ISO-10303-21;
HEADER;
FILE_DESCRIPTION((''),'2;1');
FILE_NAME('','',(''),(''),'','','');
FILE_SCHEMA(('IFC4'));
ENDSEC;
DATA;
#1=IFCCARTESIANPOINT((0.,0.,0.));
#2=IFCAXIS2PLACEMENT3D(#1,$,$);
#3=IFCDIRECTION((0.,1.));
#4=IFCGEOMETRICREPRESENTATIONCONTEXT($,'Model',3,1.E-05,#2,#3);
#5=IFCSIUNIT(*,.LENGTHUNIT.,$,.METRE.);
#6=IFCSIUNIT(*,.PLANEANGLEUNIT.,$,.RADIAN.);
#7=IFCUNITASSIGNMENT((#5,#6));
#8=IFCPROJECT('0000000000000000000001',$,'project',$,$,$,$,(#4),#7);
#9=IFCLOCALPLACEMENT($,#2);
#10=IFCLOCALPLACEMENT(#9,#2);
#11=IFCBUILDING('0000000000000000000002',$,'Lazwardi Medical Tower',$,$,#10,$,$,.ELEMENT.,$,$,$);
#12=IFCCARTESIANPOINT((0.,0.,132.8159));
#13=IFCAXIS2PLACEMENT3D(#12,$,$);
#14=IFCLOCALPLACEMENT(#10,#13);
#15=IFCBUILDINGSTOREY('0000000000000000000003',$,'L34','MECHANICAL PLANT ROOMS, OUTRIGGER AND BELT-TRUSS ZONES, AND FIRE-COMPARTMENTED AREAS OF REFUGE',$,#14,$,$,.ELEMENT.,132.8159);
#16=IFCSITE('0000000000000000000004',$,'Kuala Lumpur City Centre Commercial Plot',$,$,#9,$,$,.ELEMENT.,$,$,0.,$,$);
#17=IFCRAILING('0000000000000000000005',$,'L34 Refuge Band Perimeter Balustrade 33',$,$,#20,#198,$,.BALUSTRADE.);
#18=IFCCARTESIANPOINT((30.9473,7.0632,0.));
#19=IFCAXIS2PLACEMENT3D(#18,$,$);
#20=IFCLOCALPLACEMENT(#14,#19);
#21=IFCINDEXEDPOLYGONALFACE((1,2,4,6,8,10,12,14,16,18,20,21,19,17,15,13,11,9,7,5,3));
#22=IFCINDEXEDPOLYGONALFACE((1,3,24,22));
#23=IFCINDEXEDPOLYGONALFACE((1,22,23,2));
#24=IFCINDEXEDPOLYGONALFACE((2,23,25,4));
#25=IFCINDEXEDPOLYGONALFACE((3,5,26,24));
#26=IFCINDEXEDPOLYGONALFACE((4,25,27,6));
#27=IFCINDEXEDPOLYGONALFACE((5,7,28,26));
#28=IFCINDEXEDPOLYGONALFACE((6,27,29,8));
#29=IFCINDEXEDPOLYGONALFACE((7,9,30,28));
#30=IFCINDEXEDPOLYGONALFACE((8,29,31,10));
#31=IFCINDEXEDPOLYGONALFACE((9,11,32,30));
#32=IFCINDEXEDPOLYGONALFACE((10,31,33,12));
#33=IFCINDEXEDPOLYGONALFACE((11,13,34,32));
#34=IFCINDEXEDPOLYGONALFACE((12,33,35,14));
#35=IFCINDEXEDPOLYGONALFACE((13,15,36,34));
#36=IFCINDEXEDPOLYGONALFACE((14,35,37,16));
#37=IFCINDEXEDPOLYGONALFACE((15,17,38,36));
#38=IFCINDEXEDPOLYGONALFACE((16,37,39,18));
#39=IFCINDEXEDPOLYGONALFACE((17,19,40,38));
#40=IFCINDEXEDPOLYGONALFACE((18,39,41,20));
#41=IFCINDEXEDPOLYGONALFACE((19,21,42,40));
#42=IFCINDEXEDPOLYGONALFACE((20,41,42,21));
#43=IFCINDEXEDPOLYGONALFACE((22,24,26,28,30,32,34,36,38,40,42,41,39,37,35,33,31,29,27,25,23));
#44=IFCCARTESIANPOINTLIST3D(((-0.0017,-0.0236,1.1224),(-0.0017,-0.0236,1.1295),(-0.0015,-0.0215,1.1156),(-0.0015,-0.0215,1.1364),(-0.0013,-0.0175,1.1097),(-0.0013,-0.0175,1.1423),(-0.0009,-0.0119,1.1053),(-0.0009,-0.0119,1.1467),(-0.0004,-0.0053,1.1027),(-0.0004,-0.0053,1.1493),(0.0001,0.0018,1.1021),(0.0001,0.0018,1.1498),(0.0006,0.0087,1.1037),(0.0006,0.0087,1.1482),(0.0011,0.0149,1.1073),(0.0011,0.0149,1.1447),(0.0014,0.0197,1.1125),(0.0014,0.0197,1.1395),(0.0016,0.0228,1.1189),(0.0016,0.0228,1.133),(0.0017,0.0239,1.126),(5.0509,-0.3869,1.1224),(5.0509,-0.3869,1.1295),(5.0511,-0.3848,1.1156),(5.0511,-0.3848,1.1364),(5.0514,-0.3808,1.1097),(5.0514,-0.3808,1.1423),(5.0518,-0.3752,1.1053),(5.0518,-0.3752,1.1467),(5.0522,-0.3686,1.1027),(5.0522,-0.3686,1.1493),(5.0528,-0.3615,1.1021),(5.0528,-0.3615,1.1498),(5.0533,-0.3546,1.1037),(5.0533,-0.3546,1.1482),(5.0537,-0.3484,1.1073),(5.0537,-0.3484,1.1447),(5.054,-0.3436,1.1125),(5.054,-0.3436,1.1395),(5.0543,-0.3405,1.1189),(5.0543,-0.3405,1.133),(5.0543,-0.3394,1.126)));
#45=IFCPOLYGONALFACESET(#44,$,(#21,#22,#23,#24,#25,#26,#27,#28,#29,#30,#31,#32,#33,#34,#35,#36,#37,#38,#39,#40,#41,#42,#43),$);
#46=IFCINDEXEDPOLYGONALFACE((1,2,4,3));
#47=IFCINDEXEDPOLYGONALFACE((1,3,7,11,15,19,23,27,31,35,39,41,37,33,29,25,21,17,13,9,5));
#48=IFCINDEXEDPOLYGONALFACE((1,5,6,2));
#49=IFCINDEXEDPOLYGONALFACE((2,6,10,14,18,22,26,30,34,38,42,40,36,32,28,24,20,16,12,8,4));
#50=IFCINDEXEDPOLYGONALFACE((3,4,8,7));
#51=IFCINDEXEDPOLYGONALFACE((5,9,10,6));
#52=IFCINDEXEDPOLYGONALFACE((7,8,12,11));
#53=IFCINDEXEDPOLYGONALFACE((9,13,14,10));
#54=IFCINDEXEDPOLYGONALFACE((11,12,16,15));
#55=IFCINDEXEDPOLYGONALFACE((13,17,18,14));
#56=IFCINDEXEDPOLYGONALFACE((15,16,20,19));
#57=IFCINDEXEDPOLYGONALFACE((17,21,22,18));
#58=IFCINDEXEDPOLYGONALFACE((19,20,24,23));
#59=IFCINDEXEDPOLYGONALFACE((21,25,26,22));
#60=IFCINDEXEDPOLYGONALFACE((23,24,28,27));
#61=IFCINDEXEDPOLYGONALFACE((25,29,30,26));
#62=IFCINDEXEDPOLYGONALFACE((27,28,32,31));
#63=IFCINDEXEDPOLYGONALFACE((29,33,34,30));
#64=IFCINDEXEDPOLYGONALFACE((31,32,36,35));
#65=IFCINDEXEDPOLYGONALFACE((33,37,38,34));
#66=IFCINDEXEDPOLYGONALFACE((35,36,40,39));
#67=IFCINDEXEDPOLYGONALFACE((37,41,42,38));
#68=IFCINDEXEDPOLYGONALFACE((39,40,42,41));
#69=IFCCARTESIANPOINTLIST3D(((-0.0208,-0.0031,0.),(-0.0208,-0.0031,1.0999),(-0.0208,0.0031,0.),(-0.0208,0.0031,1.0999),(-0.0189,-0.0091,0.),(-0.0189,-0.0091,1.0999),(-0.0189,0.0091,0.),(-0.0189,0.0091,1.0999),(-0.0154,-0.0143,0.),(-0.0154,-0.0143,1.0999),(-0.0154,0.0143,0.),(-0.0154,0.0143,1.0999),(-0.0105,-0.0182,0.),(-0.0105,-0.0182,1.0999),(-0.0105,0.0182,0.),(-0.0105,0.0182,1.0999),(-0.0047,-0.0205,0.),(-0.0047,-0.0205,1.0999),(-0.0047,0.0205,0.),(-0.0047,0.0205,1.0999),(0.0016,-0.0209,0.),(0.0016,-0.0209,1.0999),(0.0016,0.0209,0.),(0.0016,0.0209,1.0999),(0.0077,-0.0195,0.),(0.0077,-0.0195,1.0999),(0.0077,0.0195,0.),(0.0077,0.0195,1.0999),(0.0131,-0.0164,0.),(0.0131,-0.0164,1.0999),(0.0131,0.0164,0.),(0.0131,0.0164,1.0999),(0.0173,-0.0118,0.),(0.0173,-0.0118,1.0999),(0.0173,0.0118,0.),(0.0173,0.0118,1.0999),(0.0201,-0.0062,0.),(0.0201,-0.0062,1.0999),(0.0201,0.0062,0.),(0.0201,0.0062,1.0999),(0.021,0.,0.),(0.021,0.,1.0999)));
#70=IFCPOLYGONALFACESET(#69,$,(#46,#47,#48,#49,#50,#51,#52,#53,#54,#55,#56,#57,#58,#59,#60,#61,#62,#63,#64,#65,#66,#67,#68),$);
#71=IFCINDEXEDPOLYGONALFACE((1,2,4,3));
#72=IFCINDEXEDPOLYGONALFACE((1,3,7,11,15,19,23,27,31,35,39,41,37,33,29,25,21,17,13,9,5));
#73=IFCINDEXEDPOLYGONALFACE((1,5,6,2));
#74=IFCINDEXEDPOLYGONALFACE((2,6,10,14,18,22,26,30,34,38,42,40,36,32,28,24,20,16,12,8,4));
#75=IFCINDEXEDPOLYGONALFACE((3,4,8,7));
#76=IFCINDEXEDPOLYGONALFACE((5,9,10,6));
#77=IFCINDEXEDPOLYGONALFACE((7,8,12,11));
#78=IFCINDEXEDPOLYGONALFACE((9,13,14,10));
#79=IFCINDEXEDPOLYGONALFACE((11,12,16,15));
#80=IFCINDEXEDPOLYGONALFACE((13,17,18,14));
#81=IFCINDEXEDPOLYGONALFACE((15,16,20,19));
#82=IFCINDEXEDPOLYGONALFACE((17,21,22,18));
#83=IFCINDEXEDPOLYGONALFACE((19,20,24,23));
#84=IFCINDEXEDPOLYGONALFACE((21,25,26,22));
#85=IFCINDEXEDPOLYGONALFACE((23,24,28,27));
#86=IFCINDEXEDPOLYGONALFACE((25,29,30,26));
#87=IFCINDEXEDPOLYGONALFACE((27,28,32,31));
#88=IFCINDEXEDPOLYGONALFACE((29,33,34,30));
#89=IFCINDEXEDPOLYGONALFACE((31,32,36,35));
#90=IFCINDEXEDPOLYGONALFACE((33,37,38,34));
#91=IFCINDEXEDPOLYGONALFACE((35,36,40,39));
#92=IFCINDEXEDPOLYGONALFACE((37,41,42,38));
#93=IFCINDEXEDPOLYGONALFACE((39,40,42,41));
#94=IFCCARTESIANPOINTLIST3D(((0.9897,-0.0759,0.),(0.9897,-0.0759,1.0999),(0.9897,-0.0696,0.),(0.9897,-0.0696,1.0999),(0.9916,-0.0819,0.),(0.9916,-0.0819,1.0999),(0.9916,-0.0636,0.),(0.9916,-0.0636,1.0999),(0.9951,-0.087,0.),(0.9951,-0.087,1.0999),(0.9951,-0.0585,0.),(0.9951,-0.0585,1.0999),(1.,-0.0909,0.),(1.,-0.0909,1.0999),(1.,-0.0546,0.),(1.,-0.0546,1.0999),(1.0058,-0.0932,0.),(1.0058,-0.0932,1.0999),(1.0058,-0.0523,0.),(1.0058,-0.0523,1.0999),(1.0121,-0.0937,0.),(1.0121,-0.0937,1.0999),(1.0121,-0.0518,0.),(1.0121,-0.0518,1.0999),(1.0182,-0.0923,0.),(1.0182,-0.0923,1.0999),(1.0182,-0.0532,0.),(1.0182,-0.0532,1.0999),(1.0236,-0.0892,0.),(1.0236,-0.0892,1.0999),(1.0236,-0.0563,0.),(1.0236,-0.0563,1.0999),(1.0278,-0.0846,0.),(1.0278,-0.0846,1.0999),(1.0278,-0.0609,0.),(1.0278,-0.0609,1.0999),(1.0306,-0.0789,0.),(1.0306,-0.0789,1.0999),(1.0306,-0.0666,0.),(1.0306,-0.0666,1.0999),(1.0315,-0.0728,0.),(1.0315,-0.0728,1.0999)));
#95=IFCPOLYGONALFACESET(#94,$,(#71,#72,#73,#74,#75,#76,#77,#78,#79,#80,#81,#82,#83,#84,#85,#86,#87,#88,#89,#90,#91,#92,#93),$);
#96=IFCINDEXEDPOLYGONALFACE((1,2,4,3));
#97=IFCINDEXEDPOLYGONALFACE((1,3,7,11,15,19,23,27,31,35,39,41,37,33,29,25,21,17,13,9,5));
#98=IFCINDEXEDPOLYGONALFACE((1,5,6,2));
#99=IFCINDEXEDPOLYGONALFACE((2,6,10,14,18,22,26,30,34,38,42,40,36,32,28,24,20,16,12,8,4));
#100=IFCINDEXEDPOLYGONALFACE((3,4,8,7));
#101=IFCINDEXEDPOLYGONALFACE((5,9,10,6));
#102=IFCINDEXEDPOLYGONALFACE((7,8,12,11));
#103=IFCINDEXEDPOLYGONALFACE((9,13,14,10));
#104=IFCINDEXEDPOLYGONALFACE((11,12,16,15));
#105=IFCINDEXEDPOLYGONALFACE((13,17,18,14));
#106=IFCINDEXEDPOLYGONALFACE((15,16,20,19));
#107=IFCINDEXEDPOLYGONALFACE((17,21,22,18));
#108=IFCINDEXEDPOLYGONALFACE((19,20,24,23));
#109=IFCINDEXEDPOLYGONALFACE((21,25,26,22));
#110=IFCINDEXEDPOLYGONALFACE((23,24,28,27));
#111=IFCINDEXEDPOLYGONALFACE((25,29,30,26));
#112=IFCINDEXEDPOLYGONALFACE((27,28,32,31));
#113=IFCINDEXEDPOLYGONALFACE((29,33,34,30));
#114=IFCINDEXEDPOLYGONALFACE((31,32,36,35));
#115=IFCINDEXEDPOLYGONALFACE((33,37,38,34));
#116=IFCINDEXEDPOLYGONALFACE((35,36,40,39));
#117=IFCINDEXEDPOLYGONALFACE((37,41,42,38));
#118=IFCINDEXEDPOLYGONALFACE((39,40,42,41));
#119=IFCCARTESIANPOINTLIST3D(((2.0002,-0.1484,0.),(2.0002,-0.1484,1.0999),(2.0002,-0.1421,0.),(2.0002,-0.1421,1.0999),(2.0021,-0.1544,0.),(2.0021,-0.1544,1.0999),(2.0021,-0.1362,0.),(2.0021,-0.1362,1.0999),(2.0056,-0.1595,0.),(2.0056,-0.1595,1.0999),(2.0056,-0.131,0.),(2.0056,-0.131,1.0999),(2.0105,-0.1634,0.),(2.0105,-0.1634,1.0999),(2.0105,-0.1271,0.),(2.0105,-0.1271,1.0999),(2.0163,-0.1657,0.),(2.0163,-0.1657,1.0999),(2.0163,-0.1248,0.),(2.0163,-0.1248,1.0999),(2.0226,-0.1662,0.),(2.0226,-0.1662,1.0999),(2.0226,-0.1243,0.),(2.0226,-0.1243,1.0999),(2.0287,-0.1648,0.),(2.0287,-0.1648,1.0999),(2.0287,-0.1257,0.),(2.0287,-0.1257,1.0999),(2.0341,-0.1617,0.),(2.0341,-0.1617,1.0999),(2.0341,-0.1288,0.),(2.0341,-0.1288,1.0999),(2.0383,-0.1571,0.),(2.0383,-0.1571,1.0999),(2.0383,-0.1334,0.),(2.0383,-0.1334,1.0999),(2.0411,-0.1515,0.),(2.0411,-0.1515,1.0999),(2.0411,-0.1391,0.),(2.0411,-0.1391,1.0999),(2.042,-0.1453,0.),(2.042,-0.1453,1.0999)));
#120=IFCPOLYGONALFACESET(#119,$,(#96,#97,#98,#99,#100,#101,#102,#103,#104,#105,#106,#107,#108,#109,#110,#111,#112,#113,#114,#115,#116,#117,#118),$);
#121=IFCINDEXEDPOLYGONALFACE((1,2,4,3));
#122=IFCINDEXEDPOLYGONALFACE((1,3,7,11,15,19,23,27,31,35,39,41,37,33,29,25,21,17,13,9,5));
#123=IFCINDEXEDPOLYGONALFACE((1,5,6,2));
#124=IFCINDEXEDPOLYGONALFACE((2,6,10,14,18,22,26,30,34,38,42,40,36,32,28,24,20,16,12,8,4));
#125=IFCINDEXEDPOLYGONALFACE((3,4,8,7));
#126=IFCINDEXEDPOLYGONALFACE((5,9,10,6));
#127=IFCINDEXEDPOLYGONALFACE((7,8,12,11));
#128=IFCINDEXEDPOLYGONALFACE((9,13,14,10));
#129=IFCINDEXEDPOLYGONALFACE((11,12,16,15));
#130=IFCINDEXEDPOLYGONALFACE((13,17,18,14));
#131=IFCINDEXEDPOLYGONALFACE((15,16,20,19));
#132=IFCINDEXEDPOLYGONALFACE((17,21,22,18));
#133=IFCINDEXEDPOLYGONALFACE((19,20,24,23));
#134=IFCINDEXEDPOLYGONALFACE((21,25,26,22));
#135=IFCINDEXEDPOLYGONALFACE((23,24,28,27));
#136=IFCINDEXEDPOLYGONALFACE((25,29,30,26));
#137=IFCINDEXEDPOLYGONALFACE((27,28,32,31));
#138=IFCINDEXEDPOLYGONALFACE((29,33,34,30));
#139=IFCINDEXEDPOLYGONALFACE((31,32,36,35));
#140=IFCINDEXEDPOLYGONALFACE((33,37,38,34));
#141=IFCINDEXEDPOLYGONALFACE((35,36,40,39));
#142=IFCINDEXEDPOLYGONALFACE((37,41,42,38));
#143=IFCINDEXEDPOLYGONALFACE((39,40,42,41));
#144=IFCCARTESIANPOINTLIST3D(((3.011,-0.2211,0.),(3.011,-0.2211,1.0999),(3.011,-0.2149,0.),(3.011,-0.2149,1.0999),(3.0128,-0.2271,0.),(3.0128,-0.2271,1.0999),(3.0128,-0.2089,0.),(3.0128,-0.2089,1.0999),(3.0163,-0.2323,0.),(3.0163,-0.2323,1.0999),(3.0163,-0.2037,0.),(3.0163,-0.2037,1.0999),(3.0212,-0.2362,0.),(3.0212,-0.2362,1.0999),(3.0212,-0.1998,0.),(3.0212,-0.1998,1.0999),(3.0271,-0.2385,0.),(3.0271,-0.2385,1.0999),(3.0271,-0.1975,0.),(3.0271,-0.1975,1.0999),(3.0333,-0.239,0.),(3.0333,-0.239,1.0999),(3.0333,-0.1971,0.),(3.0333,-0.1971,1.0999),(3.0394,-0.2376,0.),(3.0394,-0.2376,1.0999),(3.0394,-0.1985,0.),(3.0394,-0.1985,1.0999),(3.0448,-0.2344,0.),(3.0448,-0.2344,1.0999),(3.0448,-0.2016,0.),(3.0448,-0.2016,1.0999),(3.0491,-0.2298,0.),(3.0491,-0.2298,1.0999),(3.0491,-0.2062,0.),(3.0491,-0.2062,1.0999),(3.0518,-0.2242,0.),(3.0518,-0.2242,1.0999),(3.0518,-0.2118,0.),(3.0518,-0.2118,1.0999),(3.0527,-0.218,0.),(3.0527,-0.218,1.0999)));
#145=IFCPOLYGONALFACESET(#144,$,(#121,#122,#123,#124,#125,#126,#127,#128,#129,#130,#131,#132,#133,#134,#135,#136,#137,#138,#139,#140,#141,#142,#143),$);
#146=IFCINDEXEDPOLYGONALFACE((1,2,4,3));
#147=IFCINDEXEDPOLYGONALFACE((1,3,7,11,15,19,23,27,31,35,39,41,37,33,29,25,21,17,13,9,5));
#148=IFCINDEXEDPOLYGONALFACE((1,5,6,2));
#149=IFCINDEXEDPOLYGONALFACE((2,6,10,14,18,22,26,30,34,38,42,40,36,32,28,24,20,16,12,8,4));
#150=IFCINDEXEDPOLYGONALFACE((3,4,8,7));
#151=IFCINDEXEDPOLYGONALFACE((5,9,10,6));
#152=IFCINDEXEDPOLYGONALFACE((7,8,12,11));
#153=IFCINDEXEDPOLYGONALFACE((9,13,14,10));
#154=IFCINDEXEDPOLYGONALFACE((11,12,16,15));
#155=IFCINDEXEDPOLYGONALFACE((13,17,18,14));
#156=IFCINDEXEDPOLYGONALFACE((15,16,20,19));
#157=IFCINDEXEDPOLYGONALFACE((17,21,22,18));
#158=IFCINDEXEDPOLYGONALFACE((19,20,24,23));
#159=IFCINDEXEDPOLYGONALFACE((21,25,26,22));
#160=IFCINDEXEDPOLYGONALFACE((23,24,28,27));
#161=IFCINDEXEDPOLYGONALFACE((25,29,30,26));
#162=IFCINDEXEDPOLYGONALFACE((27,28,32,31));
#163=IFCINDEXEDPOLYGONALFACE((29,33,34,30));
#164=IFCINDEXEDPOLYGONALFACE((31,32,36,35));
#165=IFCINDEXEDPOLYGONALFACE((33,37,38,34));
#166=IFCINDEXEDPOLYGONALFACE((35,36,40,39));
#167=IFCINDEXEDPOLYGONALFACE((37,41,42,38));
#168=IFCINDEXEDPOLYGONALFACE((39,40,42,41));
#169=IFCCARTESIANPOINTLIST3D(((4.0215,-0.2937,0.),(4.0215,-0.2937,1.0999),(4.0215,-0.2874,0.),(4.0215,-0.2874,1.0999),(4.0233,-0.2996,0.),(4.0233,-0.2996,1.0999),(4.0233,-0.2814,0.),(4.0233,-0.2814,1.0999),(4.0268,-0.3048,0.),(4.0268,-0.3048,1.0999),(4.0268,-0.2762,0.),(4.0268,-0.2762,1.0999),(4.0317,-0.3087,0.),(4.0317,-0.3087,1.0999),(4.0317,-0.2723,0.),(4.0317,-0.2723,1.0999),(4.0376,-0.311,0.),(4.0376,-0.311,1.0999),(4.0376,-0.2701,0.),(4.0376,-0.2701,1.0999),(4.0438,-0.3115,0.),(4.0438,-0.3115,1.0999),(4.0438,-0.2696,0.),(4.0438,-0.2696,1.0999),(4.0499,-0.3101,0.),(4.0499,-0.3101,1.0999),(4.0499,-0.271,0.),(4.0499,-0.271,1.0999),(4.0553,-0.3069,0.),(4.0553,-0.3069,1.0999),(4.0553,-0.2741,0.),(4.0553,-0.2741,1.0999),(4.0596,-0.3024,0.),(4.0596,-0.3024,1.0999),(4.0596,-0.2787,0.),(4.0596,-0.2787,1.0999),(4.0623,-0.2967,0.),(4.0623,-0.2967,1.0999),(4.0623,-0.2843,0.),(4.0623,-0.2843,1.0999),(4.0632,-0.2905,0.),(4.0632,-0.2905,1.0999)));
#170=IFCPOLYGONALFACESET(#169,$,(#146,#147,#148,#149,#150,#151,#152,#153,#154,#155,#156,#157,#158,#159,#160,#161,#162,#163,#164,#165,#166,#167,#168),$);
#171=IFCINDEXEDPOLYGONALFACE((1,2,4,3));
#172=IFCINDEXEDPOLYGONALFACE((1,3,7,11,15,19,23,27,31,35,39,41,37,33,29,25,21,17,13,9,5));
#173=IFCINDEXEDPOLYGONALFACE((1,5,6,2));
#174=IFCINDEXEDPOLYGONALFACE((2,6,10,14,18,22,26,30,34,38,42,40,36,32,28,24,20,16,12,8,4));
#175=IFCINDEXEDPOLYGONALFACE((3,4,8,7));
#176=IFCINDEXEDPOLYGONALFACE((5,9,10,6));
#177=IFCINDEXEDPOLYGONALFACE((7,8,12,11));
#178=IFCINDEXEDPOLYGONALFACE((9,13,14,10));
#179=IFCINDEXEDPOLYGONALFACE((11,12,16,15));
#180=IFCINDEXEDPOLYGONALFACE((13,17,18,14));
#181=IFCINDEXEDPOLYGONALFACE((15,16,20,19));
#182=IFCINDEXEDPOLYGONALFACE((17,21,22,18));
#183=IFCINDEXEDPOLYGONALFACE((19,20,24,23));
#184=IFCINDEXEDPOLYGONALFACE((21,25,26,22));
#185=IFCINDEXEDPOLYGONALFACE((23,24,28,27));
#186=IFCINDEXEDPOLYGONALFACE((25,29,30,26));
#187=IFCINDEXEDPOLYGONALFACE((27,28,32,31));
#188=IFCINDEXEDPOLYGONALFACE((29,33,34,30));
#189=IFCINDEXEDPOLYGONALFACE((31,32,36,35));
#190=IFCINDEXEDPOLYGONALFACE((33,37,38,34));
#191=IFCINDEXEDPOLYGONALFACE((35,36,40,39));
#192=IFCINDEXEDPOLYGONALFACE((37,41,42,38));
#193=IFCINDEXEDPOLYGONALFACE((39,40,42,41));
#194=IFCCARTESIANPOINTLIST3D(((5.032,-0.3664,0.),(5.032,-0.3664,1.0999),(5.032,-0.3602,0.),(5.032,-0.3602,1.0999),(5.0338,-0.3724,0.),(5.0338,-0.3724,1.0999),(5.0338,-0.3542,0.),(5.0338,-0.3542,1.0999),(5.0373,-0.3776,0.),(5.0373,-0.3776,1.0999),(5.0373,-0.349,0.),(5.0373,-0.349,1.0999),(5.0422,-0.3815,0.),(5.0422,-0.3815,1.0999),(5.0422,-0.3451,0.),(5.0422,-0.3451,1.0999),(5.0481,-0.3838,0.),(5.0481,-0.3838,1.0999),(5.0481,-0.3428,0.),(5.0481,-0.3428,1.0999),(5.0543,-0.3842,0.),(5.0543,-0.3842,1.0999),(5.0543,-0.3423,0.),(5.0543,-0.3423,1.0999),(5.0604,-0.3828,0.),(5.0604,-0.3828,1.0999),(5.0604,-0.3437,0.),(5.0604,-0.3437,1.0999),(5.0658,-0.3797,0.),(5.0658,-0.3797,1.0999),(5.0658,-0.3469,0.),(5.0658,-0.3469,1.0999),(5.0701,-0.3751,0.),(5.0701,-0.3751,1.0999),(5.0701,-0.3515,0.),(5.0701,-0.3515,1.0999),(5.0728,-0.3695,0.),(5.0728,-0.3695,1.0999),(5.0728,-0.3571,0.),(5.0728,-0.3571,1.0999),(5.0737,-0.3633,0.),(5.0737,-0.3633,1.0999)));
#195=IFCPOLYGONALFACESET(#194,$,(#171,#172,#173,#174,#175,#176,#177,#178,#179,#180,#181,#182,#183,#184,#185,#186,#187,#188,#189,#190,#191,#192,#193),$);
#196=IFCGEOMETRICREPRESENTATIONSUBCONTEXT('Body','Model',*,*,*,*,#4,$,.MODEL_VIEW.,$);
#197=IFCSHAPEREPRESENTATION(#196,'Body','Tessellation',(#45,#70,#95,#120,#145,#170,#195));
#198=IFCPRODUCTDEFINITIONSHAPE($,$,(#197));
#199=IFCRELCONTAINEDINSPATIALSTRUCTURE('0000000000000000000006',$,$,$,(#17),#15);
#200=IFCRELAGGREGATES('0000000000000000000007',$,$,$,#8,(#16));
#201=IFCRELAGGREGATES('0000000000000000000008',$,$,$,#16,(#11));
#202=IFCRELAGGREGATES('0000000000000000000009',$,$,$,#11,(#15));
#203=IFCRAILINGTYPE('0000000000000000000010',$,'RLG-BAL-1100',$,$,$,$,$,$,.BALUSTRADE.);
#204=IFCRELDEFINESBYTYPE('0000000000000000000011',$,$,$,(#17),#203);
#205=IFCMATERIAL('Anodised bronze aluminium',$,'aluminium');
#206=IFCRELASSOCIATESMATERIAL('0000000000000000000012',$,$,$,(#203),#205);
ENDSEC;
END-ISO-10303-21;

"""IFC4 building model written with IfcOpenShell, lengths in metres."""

from ifc_helpers import new_model, si_unit, direction, frame, origin, origin_2d, place, context, subcontext, project, spatial, circle, extrude, material, type_object, element, save


model = new_model("IFC4")

# Units and contexts
model_context = context("Model", 3, precision=1e-05, world=origin(), true_north=direction((0.0, 1.0)))
body_context = subcontext(model_context, "Body", "Model", "MODEL_VIEW")
ifc_project = project(units=[si_unit("LENGTHUNIT", "METRE"), si_unit("PLANEANGLEUNIT", "RADIAN")], contexts=[model_context])

# Site, building, storey
site_placement = place(None, origin())
site = spatial("IfcSite", under=ifc_project, at=site_placement, Name="Kuala Lumpur City Centre Commercial Plot", CompositionType="ELEMENT", RefElevation=0.0)
building_placement = place(site_placement, origin())
building = spatial("IfcBuilding", under=site, at=building_placement, Name="Lazwardi Medical Tower", CompositionType="ELEMENT")
storey_placement = place(building_placement, frame((0.0, 0.0, 132.8159)))
storey = spatial("IfcBuildingStorey", under=building, at=storey_placement, Name="L34", Description="MECHANICAL PLANT ROOMS, OUTRIGGER AND BELT-TRUSS ZONES, AND FIRE-COMPARTMENTED AREAS OF REFUGE", CompositionType="ELEMENT", Elevation=132.8159)

# Railing
ifc_material_1 = material(Name="Anodised bronze aluminium", Category="aluminium")
railing_type = type_object("IfcRailingType", Name="RLG-BAL-1100", PredefinedType="BALUSTRADE", material=ifc_material_1)
railing_1_placement = place(storey_placement, frame((30.9473, 7.0632, 0.0)))
element("IfcRailing", 1, at=railing_1_placement, inside=storey, type_object=railing_type, Name="L34 Refuge Band Perimeter Balustrade 33", PredefinedType="BALUSTRADE", context=body_context, shape_type="SweptSolid", body=[
    extrude(circle(Radius=0.0239, at=origin_2d()), frame((0.0, 0.0, 1.126), z_axis=(0.997425, -0.071713, 0.0), x_axis=(0.071713, 0.997425, 0.0)), (0.0, 0.0, 1.0), 5.0657),
    extrude(circle(Radius=0.021, at=origin_2d()), origin(), (0.0, 0.0, 1.0), 1.0999),
    extrude(circle(Radius=0.021, at=origin_2d()), frame((1.0105, -0.0728, 0.0)), (0.0, 0.0, 1.0), 1.0999),
    extrude(circle(Radius=0.021, at=origin_2d()), frame((2.021, -0.1453, 0.0)), (0.0, 0.0, 1.0), 1.0999),
    extrude(circle(Radius=0.021, at=origin_2d()), frame((3.0317, -0.218, 0.0)), (0.0, 0.0, 1.0), 1.0999),
    extrude(circle(Radius=0.021, at=origin_2d()), frame((4.0422, -0.2905, 0.0)), (0.0, 0.0, 1.0), 1.0999),
    extrude(circle(Radius=0.021, at=origin_2d()), frame((5.0527, -0.3633, 0.0)), (0.0, 0.0, 1.0), 1.0999),
])

save(model, "model.ifc")
